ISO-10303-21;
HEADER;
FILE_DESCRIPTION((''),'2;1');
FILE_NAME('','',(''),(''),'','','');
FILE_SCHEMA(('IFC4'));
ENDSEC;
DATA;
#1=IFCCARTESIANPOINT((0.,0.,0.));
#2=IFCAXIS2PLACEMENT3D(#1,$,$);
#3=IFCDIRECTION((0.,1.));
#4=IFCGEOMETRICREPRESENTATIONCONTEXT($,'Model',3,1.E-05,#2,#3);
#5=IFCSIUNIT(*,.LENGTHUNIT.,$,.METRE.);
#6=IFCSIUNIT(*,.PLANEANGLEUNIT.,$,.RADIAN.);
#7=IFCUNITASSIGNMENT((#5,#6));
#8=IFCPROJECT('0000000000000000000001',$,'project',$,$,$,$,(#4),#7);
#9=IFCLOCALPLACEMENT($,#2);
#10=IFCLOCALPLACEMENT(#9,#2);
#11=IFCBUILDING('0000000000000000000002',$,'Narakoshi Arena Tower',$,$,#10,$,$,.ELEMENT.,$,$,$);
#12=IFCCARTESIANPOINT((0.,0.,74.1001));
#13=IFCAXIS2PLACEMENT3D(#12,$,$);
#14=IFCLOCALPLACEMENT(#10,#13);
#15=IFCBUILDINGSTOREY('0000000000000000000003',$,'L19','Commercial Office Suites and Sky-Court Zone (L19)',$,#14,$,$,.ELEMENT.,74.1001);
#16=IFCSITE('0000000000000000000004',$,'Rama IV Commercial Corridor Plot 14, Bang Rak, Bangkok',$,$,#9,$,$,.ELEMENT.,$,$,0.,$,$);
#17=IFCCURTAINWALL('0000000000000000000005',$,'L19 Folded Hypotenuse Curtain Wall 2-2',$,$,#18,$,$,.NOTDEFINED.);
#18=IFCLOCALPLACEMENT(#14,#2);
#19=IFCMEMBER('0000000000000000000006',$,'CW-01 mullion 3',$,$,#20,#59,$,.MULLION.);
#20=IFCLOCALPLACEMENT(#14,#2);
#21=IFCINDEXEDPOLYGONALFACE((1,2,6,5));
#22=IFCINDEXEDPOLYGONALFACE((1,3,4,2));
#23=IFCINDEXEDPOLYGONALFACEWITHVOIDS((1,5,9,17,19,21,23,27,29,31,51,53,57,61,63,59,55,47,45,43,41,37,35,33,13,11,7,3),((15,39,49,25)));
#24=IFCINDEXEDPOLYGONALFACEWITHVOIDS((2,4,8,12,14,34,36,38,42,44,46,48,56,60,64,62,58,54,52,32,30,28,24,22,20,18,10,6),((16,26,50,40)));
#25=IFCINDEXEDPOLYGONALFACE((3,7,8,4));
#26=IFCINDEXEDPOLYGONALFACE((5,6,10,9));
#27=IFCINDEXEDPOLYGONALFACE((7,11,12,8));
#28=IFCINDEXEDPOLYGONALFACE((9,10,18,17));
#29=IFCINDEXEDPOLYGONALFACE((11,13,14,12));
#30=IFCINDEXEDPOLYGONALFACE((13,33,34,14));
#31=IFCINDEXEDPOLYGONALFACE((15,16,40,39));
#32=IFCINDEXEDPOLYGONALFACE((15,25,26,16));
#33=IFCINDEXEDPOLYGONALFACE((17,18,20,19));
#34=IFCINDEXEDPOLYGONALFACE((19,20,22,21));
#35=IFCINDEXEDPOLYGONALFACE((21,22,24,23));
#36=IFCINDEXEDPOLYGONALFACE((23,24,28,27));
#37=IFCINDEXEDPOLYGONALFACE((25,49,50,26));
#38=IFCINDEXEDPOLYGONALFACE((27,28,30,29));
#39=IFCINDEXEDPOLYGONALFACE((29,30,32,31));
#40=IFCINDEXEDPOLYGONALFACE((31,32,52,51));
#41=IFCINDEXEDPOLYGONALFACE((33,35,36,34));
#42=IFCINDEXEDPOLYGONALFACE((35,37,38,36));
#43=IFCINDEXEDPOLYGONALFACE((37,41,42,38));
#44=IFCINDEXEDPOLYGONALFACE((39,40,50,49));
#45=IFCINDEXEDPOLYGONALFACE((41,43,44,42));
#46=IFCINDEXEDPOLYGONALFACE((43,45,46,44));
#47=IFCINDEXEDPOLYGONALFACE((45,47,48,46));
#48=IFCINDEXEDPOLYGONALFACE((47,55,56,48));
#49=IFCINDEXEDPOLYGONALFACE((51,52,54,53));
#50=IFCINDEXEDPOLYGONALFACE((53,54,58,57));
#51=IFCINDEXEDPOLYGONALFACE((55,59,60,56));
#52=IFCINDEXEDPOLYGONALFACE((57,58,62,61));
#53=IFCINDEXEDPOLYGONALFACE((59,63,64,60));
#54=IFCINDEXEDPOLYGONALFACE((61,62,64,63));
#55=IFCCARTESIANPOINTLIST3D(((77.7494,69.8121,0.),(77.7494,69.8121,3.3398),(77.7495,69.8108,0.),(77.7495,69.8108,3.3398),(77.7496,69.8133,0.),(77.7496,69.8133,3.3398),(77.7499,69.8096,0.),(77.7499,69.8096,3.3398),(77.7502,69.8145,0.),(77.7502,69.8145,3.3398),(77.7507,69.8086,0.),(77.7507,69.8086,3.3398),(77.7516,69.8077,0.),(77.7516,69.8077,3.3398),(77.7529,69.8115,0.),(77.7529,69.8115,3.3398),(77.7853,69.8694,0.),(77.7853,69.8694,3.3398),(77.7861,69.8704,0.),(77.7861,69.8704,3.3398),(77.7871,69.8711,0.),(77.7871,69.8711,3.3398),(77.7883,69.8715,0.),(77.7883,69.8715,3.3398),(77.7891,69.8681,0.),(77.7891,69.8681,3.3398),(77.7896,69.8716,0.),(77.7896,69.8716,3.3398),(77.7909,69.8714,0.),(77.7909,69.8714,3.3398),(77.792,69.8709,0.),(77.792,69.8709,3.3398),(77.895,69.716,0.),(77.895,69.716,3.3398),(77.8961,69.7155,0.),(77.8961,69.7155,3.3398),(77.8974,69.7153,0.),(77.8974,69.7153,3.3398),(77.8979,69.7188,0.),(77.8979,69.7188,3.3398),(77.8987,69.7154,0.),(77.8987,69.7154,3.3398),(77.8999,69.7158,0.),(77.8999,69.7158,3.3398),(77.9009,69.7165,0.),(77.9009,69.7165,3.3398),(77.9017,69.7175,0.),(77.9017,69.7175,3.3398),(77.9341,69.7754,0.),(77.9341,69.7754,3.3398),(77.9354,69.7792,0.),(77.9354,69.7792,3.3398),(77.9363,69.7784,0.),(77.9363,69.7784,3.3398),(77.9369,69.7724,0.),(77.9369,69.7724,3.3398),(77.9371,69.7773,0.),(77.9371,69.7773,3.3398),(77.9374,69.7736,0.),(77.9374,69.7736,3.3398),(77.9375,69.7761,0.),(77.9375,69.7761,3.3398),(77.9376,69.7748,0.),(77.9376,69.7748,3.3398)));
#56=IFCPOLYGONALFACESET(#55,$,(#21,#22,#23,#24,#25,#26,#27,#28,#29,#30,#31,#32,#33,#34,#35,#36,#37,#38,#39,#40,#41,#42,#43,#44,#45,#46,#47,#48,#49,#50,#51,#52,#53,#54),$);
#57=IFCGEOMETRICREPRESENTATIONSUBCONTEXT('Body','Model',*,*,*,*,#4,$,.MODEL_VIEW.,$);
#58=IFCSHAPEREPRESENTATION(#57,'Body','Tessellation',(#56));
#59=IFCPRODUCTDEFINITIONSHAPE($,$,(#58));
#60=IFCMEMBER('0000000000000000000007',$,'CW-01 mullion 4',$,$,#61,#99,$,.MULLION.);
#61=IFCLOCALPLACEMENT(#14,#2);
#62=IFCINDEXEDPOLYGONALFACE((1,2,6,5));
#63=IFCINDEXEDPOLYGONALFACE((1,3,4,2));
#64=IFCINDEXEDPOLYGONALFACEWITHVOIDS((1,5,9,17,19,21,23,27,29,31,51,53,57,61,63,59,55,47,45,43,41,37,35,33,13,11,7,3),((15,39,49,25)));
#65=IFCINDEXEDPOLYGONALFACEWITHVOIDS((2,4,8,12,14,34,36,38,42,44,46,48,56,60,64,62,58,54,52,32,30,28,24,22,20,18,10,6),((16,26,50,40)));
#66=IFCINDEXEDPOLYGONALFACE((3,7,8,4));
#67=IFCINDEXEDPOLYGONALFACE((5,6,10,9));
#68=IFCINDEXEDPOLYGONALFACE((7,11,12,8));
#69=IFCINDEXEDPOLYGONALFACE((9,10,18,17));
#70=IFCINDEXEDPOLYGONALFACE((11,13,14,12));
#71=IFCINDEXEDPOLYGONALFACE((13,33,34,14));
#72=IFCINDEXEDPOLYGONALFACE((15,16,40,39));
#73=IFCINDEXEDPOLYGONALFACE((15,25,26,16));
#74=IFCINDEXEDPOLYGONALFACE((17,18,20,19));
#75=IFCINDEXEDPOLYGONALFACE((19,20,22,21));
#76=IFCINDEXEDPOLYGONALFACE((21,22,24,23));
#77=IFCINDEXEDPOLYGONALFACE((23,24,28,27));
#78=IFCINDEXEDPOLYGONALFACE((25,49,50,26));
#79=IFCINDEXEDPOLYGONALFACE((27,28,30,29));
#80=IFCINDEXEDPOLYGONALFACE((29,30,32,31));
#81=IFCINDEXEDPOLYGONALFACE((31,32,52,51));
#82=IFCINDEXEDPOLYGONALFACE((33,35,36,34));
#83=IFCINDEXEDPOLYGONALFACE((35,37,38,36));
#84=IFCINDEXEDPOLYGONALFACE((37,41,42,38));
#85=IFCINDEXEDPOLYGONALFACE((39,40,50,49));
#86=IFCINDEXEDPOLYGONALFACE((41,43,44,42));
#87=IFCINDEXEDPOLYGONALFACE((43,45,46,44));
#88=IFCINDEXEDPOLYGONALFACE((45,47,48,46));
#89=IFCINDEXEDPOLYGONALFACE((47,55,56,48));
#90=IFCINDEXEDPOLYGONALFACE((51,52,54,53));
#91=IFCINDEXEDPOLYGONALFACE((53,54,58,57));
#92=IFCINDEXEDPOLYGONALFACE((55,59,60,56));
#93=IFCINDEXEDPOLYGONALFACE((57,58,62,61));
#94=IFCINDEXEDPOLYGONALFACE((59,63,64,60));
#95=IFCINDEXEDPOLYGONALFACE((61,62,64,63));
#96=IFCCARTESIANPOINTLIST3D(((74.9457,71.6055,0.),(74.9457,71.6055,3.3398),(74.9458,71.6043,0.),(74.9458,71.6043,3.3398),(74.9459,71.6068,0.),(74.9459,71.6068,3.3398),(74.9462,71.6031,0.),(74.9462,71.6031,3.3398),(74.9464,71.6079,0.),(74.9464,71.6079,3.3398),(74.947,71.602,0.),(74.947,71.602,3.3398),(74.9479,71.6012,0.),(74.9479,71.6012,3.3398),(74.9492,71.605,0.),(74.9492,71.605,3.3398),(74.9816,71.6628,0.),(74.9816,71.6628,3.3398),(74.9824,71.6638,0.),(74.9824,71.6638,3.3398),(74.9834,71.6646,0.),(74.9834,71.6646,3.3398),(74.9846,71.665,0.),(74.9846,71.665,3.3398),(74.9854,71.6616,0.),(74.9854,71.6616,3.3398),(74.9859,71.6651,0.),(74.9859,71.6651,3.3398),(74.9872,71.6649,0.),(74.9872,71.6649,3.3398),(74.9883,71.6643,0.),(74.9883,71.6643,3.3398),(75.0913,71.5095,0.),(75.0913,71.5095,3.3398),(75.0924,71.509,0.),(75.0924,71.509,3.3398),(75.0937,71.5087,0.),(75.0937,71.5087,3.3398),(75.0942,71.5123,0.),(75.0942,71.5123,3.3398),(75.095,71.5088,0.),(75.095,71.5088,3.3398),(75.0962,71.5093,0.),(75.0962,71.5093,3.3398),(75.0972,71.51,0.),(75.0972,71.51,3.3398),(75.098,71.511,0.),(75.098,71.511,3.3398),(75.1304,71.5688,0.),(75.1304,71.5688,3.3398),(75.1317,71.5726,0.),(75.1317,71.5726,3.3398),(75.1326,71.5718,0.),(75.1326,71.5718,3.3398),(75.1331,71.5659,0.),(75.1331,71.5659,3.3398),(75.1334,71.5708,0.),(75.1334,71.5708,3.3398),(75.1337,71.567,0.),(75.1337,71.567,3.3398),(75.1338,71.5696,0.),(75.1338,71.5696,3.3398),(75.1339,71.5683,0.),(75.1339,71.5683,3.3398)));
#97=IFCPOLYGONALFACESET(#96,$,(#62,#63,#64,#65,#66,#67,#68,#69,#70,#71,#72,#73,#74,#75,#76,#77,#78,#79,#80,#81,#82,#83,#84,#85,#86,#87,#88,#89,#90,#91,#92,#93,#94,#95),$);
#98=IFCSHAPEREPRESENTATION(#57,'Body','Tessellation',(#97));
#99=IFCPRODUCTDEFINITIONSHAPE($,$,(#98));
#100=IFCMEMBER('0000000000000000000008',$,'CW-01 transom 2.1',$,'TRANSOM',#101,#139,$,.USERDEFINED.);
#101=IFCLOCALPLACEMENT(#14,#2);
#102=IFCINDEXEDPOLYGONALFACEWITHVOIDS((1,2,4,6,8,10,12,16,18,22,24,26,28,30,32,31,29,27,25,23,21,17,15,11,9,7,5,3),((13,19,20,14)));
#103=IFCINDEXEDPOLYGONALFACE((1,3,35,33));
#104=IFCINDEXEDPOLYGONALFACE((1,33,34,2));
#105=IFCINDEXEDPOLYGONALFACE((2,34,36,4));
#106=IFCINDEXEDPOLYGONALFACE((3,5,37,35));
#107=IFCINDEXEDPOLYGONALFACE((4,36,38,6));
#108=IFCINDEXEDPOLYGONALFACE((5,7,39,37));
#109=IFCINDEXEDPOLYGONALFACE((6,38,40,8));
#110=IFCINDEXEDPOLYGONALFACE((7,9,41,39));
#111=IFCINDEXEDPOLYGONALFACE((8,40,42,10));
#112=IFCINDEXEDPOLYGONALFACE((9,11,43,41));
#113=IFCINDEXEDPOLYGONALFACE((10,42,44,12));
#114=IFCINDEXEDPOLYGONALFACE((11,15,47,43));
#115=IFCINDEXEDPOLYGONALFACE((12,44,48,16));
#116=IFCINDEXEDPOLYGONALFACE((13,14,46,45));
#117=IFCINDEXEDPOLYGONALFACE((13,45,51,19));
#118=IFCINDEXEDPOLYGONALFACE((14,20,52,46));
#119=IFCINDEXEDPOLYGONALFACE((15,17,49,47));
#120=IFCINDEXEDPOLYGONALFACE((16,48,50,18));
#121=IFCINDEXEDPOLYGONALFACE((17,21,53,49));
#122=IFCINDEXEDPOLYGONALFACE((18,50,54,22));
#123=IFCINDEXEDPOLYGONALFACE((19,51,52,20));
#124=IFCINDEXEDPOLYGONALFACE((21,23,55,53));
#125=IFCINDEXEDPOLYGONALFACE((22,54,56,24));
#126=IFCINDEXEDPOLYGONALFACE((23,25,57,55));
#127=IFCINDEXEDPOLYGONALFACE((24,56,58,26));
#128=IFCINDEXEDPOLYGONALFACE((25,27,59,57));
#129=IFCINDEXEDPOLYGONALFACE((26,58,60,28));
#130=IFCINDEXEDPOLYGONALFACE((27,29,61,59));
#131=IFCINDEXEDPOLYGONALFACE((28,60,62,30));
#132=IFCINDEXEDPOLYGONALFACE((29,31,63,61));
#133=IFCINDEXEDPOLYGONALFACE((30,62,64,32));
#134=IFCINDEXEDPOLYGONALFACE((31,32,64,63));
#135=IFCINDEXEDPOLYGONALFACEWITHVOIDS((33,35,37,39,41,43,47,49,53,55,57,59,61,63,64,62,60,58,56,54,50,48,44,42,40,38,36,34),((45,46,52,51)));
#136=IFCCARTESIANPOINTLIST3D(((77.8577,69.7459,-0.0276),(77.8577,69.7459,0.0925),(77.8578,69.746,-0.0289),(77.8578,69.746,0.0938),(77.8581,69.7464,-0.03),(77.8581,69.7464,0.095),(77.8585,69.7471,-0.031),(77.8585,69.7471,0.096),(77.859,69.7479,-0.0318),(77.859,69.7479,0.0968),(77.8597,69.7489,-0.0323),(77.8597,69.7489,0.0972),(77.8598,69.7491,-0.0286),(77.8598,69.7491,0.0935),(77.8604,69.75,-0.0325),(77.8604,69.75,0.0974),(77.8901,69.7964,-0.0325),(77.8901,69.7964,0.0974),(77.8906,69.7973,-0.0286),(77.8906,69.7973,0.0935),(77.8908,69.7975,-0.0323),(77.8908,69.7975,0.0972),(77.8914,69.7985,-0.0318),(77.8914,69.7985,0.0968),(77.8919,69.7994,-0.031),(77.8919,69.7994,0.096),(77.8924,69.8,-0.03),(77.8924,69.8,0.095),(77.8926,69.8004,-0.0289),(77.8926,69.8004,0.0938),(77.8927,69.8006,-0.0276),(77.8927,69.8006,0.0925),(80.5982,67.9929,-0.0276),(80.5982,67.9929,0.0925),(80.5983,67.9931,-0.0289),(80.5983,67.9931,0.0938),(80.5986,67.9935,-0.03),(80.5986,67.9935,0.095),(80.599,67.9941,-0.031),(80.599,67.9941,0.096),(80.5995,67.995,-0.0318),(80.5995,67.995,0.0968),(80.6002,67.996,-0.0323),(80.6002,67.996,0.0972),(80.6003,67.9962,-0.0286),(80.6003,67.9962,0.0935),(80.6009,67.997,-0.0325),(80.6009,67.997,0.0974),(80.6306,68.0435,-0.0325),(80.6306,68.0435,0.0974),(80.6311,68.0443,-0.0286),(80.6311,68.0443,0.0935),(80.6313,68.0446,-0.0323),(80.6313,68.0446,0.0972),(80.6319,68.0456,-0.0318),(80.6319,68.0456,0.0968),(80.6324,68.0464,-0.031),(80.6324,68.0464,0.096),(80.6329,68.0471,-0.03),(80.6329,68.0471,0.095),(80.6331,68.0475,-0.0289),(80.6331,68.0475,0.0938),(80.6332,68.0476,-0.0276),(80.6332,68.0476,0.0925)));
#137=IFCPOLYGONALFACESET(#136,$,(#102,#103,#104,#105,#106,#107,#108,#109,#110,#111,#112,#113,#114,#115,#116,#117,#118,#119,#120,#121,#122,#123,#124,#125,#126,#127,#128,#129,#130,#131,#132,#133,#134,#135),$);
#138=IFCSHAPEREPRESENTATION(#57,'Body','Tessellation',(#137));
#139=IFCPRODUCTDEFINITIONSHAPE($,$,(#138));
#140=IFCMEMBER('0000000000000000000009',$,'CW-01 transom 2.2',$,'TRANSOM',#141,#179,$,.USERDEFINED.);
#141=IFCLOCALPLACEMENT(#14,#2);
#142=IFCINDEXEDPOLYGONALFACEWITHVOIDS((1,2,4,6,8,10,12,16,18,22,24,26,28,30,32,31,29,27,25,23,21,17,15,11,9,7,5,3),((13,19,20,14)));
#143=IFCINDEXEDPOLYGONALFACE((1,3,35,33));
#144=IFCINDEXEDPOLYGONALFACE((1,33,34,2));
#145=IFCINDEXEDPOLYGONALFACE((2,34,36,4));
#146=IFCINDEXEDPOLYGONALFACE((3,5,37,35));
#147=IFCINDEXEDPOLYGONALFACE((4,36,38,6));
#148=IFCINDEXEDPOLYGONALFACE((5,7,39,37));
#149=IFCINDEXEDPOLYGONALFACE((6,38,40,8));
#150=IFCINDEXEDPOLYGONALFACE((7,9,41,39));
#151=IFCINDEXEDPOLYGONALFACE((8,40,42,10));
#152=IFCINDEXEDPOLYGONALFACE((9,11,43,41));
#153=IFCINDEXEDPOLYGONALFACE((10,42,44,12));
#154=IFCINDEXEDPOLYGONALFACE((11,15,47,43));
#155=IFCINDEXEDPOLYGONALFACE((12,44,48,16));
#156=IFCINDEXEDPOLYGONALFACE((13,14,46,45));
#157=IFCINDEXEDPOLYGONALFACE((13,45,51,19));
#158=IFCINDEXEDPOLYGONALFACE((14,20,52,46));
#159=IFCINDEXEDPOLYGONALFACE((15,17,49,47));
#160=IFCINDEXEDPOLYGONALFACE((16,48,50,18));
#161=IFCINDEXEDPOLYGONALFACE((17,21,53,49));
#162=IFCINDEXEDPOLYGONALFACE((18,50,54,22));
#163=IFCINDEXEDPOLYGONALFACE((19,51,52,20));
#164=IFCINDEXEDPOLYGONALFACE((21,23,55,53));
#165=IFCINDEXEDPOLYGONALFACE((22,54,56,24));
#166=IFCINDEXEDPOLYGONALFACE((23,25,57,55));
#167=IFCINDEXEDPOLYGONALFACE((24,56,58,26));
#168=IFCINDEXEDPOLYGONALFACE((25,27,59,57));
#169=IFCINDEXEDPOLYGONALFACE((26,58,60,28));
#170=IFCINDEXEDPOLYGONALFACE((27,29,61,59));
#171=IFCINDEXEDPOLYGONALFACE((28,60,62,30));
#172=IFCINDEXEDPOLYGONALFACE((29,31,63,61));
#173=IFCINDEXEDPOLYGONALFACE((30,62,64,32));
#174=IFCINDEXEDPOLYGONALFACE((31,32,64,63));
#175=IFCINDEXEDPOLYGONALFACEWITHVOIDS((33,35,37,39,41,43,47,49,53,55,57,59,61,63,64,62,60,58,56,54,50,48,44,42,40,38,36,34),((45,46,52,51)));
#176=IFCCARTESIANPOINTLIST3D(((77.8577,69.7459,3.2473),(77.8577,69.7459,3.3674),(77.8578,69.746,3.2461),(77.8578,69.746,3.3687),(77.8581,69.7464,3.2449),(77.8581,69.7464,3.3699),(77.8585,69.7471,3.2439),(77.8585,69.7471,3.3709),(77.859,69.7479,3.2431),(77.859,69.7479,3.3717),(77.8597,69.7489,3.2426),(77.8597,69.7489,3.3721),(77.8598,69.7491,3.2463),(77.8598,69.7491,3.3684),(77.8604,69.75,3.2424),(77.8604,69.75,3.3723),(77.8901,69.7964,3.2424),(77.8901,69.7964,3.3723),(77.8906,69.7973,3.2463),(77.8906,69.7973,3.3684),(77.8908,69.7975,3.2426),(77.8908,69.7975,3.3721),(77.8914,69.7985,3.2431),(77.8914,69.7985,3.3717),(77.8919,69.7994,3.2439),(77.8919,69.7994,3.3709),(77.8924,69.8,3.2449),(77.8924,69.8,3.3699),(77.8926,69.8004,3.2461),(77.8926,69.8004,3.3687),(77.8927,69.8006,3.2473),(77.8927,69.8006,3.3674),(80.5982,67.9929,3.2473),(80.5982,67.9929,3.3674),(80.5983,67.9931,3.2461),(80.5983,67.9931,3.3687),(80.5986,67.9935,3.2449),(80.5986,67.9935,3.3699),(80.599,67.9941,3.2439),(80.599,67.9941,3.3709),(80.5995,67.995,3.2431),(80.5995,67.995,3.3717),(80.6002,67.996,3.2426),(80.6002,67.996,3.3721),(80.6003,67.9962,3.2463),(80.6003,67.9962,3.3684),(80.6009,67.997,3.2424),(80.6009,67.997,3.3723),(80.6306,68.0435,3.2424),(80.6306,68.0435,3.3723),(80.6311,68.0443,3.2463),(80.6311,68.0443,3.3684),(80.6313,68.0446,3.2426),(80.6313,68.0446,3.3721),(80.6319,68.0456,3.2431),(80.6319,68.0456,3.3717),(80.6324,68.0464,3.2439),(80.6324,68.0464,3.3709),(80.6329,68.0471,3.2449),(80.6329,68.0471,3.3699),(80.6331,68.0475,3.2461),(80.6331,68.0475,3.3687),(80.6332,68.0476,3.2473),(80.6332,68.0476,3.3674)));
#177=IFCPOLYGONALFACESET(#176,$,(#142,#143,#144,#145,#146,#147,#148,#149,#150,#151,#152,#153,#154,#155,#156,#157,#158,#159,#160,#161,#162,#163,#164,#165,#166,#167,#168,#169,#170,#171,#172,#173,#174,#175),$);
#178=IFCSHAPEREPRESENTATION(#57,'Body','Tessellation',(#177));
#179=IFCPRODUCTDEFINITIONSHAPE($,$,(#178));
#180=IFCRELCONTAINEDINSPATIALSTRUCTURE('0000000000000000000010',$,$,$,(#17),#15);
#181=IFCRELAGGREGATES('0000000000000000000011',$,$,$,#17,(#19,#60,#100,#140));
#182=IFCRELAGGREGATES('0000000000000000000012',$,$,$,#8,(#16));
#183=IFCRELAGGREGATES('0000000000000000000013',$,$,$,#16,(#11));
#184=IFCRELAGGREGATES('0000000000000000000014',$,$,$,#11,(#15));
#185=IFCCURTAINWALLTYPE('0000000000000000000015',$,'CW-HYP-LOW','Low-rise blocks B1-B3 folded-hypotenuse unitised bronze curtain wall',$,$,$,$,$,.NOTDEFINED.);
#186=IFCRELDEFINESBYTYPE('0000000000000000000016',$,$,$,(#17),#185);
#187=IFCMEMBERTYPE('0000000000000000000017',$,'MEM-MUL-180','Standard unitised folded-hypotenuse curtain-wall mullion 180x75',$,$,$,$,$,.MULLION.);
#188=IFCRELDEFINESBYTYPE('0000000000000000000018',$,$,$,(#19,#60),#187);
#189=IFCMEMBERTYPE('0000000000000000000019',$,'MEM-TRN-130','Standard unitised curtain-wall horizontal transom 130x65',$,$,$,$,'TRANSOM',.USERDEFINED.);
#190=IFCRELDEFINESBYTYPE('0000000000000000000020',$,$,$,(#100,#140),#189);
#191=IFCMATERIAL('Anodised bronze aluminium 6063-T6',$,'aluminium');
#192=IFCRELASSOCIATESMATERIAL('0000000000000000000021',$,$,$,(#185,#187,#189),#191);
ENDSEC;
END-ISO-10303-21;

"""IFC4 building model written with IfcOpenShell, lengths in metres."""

from ifc_helpers import new_model, si_unit, direction, frame, origin, origin_2d, place, context, subcontext, project, spatial, hollow_rectangle, extrude, material, material_profile, profile_set, type_object, element, aggregate, save


model = new_model("IFC4")

# Units and contexts
model_context = context("Model", 3, precision=1e-05, world=origin(), true_north=direction((0.0, 1.0)))
body_context = subcontext(model_context, "Body", "Model", "MODEL_VIEW")
ifc_project = project(units=[si_unit("LENGTHUNIT", "METRE"), si_unit("PLANEANGLEUNIT", "RADIAN")], contexts=[model_context])

# Site, building, storey
site_placement = place(None, origin())
site = spatial("IfcSite", under=ifc_project, at=site_placement, Name="Rama IV Commercial Corridor Plot 14, Bang Rak, Bangkok", CompositionType="ELEMENT", RefElevation=0.0)
building_placement = place(site_placement, origin())
building = spatial("IfcBuilding", under=site, at=building_placement, Name="Narakoshi Arena Tower", CompositionType="ELEMENT")
storey_placement = place(building_placement, frame((0.0, 0.0, 74.1001)))
storey = spatial("IfcBuildingStorey", under=building, at=storey_placement, Name="L19", Description="Commercial Office Suites and Sky-Court Zone (L19)", CompositionType="ELEMENT", Elevation=74.1001)

# Curtain wall, members
ifc_material_1 = material(Name="Anodised bronze aluminium 6063-T6", Category="aluminium")
curtain_wall_type = type_object("IfcCurtainWallType", Name="CW-HYP-LOW", Description="Low-rise blocks B1-B3 folded-hypotenuse unitised bronze curtain wall", PredefinedType="NOTDEFINED", material=ifc_material_1)
curtain_wall_placement = place(storey_placement, origin())
curtain_wall = element("IfcCurtainWall", 1, at=curtain_wall_placement, inside=storey, type_object=curtain_wall_type, Name="L19 Folded Hypotenuse Curtain Wall 2-2", PredefinedType="NOTDEFINED")
ifc_material_profile_1 = material_profile(ifc_material_1, hollow_rectangle(XDim=0.075, YDim=0.1799, WallThickness=0.0039, OuterFilletRadius=0.0049, at=origin_2d()), Name="MUL180x75x4")
ifc_profile_set_1 = profile_set([ifc_material_profile_1], Name="Anodised bronze aluminium 6063-T6")
member_type_1 = type_object("IfcMemberType", Name="MEM-MUL-180", Description="Standard unitised folded-hypotenuse curtain-wall mullion 180x75", PredefinedType="MULLION", material=ifc_profile_set_1)
member_1_placement = place(storey_placement, frame((77.8435, 69.7935, 0.0), z_axis=(0.0, 0.0, 1.0), x_axis=(-0.538829, -0.842415, 0.0)))
member_1 = element("IfcMember", 2, at=member_1_placement, type_object=member_type_1, Name="CW-01 mullion 3", PredefinedType="MULLION", context=body_context, shape_type="SweptSolid", body=[
    extrude(hollow_rectangle(XDim=0.075, YDim=0.1799, WallThickness=0.0039, OuterFilletRadius=0.0049, at=origin_2d()), origin(), (0.0, 0.0, 1.0), 3.3398),
])
member_2_placement = place(storey_placement, frame((75.0398, 71.5869, 0.0), z_axis=(0.0, 0.0, 1.0), x_axis=(-0.538829, -0.842415, 0.0)))
member_2 = element("IfcMember", 3, at=member_2_placement, type_object=member_type_1, Name="CW-01 mullion 4", PredefinedType="MULLION", context=body_context, shape_type="SweptSolid", body=[
    extrude(hollow_rectangle(XDim=0.075, YDim=0.1799, WallThickness=0.0039, OuterFilletRadius=0.0049, at=origin_2d()), origin(), (0.0, 0.0, 1.0), 3.3398),
])
ifc_material_profile_2 = material_profile(ifc_material_1, hollow_rectangle(XDim=0.0649, YDim=0.1299, WallThickness=0.0039, OuterFilletRadius=0.0049, at=origin_2d()), Name="TRN130x65x4")
ifc_profile_set_2 = profile_set([ifc_material_profile_2], Name="Anodised bronze aluminium 6063-T6")
member_type_2 = type_object("IfcMemberType", Name="MEM-TRN-130", Description="Standard unitised curtain-wall horizontal transom 130x65", ElementType="TRANSOM", PredefinedType="USERDEFINED", material=ifc_profile_set_2)
member_3_placement = place(storey_placement, frame((80.6157, 68.0203, 0.0325), z_axis=(-0.842408, 0.538841, 0.0), x_axis=(-0.538841, -0.842408, 0.0)))
member_3 = element("IfcMember", 4, at=member_3_placement, type_object=member_type_2, Name="CW-01 transom 2.1", ObjectType="TRANSOM", PredefinedType="USERDEFINED", context=body_context, shape_type="SweptSolid", body=[
    extrude(hollow_rectangle(XDim=0.0649, YDim=0.1299, WallThickness=0.0039, OuterFilletRadius=0.0049, at=origin_2d()), origin(), (0.0, 0.0, 1.0), 3.2532),
])
member_4_placement = place(storey_placement, frame((80.6157, 68.0203, 3.3074), z_axis=(-0.842408, 0.538841, 0.0), x_axis=(-0.538841, -0.842408, 0.0)))
member_4 = element("IfcMember", 5, at=member_4_placement, type_object=member_type_2, Name="CW-01 transom 2.2", ObjectType="TRANSOM", PredefinedType="USERDEFINED", context=body_context, shape_type="SweptSolid", body=[
    extrude(hollow_rectangle(XDim=0.0649, YDim=0.1299, WallThickness=0.0039, OuterFilletRadius=0.0049, at=origin_2d()), origin(), (0.0, 0.0, 1.0), 3.2532),
])
aggregate(curtain_wall, [member_1, member_2, member_3, member_4])

save(model, "model.ifc")
